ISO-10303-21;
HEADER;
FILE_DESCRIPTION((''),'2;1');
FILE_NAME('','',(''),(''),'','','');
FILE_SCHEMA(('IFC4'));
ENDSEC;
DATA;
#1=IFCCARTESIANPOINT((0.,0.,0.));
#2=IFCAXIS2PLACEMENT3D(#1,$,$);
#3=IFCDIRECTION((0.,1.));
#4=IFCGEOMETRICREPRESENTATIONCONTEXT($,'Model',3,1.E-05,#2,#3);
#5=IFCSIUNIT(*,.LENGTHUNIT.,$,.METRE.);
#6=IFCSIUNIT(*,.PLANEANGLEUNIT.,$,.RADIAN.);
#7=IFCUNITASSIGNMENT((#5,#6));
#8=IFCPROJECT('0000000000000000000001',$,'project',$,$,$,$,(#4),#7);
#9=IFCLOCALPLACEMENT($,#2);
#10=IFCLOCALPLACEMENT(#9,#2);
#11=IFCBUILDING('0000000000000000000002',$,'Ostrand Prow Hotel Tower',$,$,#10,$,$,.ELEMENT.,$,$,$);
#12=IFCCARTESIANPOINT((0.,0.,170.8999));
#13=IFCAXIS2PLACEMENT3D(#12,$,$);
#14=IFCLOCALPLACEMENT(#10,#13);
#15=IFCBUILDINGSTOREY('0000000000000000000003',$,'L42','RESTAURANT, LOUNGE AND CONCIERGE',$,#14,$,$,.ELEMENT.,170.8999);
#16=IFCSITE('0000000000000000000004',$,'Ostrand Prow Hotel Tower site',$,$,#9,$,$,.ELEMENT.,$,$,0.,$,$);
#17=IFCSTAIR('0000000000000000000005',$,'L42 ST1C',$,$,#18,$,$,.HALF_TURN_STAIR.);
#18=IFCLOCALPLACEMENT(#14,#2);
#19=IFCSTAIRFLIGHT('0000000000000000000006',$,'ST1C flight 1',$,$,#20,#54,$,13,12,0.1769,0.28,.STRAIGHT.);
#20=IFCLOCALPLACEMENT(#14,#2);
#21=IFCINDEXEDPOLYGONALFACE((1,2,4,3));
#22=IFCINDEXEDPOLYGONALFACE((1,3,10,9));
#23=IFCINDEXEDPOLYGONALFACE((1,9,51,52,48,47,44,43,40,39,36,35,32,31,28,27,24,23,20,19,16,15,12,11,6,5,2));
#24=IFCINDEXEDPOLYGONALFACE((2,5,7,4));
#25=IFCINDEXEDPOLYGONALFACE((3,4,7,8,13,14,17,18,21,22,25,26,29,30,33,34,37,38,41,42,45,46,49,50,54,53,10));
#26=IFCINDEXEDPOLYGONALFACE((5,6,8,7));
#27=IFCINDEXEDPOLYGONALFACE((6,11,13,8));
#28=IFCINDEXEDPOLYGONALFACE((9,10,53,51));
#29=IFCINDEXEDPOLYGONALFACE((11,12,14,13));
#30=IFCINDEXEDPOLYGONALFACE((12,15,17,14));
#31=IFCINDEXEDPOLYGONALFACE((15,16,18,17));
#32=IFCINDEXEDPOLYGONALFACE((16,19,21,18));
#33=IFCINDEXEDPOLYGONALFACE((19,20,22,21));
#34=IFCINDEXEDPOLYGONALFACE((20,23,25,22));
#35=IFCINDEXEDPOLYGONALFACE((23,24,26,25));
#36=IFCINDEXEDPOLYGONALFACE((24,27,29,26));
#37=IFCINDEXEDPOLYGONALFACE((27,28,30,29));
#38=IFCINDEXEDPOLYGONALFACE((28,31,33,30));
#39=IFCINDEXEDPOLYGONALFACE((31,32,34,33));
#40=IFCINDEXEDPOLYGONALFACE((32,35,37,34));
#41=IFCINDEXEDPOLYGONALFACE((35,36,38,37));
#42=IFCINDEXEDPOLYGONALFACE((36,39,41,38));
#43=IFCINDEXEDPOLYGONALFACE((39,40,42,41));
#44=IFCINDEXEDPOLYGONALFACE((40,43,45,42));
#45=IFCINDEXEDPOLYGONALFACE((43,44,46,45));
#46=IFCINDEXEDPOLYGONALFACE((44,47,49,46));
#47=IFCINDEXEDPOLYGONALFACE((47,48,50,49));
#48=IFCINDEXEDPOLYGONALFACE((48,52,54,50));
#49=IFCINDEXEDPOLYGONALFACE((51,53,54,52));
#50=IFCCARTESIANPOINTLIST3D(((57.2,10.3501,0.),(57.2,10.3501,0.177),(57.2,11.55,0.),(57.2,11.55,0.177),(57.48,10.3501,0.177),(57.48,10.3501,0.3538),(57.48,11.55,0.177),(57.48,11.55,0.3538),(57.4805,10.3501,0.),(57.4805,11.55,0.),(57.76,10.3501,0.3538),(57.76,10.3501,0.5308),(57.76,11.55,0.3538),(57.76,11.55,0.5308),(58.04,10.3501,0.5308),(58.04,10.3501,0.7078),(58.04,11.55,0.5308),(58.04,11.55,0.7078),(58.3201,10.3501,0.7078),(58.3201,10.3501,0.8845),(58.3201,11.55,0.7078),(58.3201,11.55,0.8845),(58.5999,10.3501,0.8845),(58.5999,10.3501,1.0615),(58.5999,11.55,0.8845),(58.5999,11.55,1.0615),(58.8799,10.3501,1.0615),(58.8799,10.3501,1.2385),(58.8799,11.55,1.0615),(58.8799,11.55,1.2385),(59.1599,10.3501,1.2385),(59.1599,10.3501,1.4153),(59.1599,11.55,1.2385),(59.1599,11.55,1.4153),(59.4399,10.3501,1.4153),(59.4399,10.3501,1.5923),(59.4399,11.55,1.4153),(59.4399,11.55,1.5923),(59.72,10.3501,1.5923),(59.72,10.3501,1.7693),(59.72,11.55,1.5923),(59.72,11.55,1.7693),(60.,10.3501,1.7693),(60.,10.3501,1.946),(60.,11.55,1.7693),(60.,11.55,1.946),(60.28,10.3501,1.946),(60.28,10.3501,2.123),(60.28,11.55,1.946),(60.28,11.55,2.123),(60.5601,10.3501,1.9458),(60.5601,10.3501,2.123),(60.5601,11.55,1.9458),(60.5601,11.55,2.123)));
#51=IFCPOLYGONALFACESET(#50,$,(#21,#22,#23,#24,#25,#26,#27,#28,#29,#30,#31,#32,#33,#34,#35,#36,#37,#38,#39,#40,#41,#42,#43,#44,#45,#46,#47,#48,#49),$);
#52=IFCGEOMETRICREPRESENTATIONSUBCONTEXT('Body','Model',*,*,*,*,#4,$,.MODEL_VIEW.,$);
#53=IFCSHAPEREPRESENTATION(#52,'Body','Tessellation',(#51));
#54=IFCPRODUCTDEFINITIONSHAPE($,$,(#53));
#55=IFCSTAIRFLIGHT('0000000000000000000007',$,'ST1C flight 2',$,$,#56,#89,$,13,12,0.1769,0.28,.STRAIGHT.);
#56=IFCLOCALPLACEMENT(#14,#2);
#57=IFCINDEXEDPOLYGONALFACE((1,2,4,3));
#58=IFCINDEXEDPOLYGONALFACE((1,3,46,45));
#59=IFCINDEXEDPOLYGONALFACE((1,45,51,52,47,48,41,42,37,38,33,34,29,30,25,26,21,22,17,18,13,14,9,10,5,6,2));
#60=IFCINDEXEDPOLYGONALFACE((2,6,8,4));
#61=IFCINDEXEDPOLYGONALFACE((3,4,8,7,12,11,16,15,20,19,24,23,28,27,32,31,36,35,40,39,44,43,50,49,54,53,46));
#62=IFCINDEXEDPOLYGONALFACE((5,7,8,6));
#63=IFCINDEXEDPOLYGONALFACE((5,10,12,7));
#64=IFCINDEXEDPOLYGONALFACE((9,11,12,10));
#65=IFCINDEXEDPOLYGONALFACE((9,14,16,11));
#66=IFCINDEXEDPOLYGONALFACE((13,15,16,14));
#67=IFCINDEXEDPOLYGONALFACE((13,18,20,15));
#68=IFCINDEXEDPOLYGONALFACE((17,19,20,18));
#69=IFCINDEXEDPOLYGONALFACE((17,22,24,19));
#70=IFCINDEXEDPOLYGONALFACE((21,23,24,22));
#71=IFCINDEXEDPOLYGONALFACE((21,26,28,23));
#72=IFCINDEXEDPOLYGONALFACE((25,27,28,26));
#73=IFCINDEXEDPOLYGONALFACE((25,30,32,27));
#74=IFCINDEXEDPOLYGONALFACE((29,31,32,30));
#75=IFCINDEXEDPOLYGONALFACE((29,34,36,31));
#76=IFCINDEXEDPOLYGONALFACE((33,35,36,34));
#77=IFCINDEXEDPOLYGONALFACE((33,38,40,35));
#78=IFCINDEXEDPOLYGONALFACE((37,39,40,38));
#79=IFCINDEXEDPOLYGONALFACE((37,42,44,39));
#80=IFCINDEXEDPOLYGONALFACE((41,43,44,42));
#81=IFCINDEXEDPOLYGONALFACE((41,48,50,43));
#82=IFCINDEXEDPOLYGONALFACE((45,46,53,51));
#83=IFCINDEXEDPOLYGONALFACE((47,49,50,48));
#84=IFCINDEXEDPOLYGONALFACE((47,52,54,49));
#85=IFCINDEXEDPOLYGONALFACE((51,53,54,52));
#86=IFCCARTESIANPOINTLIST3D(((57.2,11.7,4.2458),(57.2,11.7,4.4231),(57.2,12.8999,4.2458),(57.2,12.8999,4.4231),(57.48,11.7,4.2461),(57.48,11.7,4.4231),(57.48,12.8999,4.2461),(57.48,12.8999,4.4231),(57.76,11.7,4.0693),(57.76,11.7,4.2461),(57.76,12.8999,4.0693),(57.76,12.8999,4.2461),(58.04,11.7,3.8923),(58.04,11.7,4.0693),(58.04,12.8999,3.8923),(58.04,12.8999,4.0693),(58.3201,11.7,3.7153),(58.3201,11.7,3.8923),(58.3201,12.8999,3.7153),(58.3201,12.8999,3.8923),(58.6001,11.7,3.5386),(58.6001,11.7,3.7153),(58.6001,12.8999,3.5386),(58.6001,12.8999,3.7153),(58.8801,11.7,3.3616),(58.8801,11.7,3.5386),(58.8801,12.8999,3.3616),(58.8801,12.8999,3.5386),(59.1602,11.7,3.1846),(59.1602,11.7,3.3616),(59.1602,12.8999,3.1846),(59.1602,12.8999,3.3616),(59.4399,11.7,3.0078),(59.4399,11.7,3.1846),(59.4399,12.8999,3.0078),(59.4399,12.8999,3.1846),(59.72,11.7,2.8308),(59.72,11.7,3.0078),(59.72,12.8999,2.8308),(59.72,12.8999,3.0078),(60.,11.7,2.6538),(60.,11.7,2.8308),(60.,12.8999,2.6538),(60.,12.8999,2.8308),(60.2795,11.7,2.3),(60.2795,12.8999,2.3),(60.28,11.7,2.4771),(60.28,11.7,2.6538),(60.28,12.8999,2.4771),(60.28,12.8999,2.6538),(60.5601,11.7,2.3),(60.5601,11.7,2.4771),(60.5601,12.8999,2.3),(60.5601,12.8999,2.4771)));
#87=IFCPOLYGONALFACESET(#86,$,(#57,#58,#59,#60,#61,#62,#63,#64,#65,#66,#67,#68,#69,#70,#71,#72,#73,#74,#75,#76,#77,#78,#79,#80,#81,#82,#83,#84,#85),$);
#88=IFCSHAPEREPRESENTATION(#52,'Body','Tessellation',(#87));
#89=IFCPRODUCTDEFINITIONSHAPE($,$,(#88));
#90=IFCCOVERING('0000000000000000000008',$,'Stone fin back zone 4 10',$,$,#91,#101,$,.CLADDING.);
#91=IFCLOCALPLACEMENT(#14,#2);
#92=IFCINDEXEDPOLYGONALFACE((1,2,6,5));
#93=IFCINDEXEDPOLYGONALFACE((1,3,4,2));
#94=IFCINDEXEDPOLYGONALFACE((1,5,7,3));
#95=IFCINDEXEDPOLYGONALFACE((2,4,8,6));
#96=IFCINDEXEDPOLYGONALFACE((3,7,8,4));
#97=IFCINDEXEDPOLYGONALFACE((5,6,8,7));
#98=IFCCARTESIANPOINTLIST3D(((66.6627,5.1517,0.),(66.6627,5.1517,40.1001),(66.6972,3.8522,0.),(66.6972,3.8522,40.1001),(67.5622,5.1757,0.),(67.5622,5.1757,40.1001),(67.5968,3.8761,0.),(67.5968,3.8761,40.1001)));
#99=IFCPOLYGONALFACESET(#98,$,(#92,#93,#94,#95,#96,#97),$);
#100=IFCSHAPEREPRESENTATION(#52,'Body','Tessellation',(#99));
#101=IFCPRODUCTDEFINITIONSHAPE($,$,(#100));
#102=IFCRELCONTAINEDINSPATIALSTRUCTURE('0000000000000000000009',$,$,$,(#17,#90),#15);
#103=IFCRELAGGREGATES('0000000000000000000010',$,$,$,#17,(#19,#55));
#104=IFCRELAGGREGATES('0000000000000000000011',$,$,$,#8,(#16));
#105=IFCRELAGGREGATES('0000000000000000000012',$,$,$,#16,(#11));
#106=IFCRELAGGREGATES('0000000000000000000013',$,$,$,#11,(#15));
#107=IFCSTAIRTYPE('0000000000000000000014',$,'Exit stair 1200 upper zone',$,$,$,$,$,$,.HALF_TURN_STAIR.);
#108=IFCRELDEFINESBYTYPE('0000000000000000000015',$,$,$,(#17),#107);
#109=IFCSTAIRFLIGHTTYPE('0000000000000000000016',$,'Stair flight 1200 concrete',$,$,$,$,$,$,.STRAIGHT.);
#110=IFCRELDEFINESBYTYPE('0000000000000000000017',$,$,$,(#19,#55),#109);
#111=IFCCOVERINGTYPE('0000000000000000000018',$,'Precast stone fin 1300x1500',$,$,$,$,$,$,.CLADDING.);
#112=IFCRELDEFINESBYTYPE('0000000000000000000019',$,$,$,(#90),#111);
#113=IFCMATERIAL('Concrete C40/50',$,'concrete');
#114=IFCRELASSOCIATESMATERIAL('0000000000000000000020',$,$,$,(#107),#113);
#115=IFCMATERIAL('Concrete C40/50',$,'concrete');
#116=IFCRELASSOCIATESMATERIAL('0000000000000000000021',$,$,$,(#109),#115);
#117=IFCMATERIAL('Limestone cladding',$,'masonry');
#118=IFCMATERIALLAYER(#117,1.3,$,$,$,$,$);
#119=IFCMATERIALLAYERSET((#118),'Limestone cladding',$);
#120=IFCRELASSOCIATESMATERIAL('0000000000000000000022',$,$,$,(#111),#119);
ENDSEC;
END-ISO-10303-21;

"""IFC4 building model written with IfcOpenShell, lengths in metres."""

from ifc_helpers import new_model, si_unit, direction, frame, frame_2d, origin, place, context, subcontext, project, spatial, polyline, rectangle, outline, extrude, material, layer, layer_set, type_object, element, aggregate, save


model = new_model("IFC4")

# Units and contexts
model_context = context("Model", 3, precision=1e-05, world=origin(), true_north=direction((0.0, 1.0)))
body_context = subcontext(model_context, "Body", "Model", "MODEL_VIEW")
ifc_project = project(units=[si_unit("LENGTHUNIT", "METRE"), si_unit("PLANEANGLEUNIT", "RADIAN")], contexts=[model_context])

# Site, building, storey
site_placement = place(None, origin())
site = spatial("IfcSite", under=ifc_project, at=site_placement, Name="Ostrand Prow Hotel Tower site", CompositionType="ELEMENT", RefElevation=0.0)
building_placement = place(site_placement, origin())
building = spatial("IfcBuilding", under=site, at=building_placement, Name="Ostrand Prow Hotel Tower", CompositionType="ELEMENT")
storey_placement = place(building_placement, frame((0.0, 0.0, 170.8999)))
storey = spatial("IfcBuildingStorey", under=building, at=storey_placement, Name="L42", Description="RESTAURANT, LOUNGE AND CONCIERGE", CompositionType="ELEMENT", Elevation=170.8999)

# Stair, stair flights
ifc_material_1 = material(Name="Concrete C40/50", Category="concrete")
stair_type = type_object("IfcStairType", Name="Exit stair 1200 upper zone", PredefinedType="HALF_TURN_STAIR", material=ifc_material_1)
stair_placement = place(storey_placement, origin())
stair = element("IfcStair", 1, at=stair_placement, inside=storey, type_object=stair_type, Name="L42 ST1C", PredefinedType="HALF_TURN_STAIR")
ifc_material_2 = material(Name="Concrete C40/50", Category="concrete")
stair_flight_type = type_object("IfcStairFlightType", Name="Stair flight 1200 concrete", PredefinedType="STRAIGHT", material=ifc_material_2)
stair_flight_1_placement = place(storey_placement, frame((57.2, 10.95, 0.0), z_axis=(0.0, 0.0, 1.0), x_axis=(1.0, 0.0, 0.0)))
stair_flight_1 = element("IfcStairFlight", 2, at=stair_flight_1_placement, type_object=stair_flight_type, Name="ST1C flight 1", NumberOfRisers=13, NumberOfTreads=12, PredefinedType="STRAIGHT", RiserHeight=0.1769, TreadLength=0.28, context=body_context, shape_type="SweptSolid", body=[
    extrude(outline(polyline([(0.0, 0.0), (0.0, 0.177), (0.28, 0.177), (0.28, 0.3538), (0.5601, 0.3538), (0.5601, 0.5308), (0.8401, 0.5308), (0.8401, 0.7078), (1.1201, 0.7078), (1.1201, 0.8845), (1.3999, 0.8845), (1.3999, 1.0615), (1.6799, 1.0615), (1.6799, 1.2385), (1.96, 1.2385), (1.96, 1.4153), (2.24, 1.4153), (2.24, 1.5923), (2.52, 1.5923), (2.52, 1.7693), (2.8, 1.7693), (2.8, 1.946), (3.0801, 1.946), (3.0801, 2.123), (3.3601, 2.123), (3.3601, 2.3), (3.3601, 1.9458), (0.2805, 0.0), (0.0, 0.0)])), frame((0.0, 0.6001, 0.0), z_axis=(0.0, -1.0, 0.0), x_axis=(1.0, 0.0, 0.0)), (0.0, 0.0, 1.0), 1.2),
])
stair_flight_2_placement = place(storey_placement, frame((60.5601, 12.3, 2.3), z_axis=(0.0, 0.0, 1.0), x_axis=(-1.0, 0.0, 0.0)))
stair_flight_2 = element("IfcStairFlight", 3, at=stair_flight_2_placement, type_object=stair_flight_type, Name="ST1C flight 2", NumberOfRisers=13, NumberOfTreads=12, PredefinedType="STRAIGHT", RiserHeight=0.1769, TreadLength=0.28, context=body_context, shape_type="SweptSolid", body=[
    extrude(outline(polyline([(0.0, 0.0), (0.0, 0.177), (0.28, 0.177), (0.28, 0.3538), (0.5601, 0.3538), (0.5601, 0.5308), (0.8401, 0.5308), (0.8401, 0.7078), (1.1201, 0.7078), (1.1201, 0.8845), (1.3999, 0.8845), (1.3999, 1.0615), (1.6799, 1.0615), (1.6799, 1.2385), (1.96, 1.2385), (1.96, 1.4153), (2.24, 1.4153), (2.24, 1.5923), (2.52, 1.5923), (2.52, 1.7693), (2.8, 1.7693), (2.8, 1.946), (3.0801, 1.946), (3.0801, 2.123), (3.3601, 2.123), (3.3601, 2.3), (3.3601, 1.9458), (0.2805, 0.0), (0.0, 0.0)])), frame((0.0, 0.6001, 0.0), z_axis=(0.0, -1.0, 0.0), x_axis=(1.0, 0.0, 0.0)), (0.0, 0.0, 1.0), 1.2),
])
aggregate(stair, [stair_flight_1, stair_flight_2])

# Covering
ifc_material_3 = material(Name="Limestone cladding", Category="masonry")
ifc_layer_1 = layer(ifc_material_3, 1.3)
ifc_layer_set_1 = layer_set([ifc_layer_1], Name="Limestone cladding")
covering_type = type_object("IfcCoveringType", Name="Precast stone fin 1300x1500", PredefinedType="CLADDING", material=ifc_layer_set_1)
covering_placement = place(storey_placement, frame((66.6799, 4.502, 0.0), z_axis=(0.0, 0.0, 1.0), x_axis=(0.999647, 0.026585, 0.0)))
element("IfcCovering", 4, at=covering_placement, inside=storey, type_object=covering_type, Name="Stone fin back zone 4 10", PredefinedType="CLADDING", context=body_context, shape_type="SweptSolid", body=[
    extrude(rectangle(XDim=0.8999, YDim=1.3, at=frame_2d((0.45, 0.0))), origin(), (0.0, 0.0, 1.0), 40.1001),
])

save(model, "model.ifc")
